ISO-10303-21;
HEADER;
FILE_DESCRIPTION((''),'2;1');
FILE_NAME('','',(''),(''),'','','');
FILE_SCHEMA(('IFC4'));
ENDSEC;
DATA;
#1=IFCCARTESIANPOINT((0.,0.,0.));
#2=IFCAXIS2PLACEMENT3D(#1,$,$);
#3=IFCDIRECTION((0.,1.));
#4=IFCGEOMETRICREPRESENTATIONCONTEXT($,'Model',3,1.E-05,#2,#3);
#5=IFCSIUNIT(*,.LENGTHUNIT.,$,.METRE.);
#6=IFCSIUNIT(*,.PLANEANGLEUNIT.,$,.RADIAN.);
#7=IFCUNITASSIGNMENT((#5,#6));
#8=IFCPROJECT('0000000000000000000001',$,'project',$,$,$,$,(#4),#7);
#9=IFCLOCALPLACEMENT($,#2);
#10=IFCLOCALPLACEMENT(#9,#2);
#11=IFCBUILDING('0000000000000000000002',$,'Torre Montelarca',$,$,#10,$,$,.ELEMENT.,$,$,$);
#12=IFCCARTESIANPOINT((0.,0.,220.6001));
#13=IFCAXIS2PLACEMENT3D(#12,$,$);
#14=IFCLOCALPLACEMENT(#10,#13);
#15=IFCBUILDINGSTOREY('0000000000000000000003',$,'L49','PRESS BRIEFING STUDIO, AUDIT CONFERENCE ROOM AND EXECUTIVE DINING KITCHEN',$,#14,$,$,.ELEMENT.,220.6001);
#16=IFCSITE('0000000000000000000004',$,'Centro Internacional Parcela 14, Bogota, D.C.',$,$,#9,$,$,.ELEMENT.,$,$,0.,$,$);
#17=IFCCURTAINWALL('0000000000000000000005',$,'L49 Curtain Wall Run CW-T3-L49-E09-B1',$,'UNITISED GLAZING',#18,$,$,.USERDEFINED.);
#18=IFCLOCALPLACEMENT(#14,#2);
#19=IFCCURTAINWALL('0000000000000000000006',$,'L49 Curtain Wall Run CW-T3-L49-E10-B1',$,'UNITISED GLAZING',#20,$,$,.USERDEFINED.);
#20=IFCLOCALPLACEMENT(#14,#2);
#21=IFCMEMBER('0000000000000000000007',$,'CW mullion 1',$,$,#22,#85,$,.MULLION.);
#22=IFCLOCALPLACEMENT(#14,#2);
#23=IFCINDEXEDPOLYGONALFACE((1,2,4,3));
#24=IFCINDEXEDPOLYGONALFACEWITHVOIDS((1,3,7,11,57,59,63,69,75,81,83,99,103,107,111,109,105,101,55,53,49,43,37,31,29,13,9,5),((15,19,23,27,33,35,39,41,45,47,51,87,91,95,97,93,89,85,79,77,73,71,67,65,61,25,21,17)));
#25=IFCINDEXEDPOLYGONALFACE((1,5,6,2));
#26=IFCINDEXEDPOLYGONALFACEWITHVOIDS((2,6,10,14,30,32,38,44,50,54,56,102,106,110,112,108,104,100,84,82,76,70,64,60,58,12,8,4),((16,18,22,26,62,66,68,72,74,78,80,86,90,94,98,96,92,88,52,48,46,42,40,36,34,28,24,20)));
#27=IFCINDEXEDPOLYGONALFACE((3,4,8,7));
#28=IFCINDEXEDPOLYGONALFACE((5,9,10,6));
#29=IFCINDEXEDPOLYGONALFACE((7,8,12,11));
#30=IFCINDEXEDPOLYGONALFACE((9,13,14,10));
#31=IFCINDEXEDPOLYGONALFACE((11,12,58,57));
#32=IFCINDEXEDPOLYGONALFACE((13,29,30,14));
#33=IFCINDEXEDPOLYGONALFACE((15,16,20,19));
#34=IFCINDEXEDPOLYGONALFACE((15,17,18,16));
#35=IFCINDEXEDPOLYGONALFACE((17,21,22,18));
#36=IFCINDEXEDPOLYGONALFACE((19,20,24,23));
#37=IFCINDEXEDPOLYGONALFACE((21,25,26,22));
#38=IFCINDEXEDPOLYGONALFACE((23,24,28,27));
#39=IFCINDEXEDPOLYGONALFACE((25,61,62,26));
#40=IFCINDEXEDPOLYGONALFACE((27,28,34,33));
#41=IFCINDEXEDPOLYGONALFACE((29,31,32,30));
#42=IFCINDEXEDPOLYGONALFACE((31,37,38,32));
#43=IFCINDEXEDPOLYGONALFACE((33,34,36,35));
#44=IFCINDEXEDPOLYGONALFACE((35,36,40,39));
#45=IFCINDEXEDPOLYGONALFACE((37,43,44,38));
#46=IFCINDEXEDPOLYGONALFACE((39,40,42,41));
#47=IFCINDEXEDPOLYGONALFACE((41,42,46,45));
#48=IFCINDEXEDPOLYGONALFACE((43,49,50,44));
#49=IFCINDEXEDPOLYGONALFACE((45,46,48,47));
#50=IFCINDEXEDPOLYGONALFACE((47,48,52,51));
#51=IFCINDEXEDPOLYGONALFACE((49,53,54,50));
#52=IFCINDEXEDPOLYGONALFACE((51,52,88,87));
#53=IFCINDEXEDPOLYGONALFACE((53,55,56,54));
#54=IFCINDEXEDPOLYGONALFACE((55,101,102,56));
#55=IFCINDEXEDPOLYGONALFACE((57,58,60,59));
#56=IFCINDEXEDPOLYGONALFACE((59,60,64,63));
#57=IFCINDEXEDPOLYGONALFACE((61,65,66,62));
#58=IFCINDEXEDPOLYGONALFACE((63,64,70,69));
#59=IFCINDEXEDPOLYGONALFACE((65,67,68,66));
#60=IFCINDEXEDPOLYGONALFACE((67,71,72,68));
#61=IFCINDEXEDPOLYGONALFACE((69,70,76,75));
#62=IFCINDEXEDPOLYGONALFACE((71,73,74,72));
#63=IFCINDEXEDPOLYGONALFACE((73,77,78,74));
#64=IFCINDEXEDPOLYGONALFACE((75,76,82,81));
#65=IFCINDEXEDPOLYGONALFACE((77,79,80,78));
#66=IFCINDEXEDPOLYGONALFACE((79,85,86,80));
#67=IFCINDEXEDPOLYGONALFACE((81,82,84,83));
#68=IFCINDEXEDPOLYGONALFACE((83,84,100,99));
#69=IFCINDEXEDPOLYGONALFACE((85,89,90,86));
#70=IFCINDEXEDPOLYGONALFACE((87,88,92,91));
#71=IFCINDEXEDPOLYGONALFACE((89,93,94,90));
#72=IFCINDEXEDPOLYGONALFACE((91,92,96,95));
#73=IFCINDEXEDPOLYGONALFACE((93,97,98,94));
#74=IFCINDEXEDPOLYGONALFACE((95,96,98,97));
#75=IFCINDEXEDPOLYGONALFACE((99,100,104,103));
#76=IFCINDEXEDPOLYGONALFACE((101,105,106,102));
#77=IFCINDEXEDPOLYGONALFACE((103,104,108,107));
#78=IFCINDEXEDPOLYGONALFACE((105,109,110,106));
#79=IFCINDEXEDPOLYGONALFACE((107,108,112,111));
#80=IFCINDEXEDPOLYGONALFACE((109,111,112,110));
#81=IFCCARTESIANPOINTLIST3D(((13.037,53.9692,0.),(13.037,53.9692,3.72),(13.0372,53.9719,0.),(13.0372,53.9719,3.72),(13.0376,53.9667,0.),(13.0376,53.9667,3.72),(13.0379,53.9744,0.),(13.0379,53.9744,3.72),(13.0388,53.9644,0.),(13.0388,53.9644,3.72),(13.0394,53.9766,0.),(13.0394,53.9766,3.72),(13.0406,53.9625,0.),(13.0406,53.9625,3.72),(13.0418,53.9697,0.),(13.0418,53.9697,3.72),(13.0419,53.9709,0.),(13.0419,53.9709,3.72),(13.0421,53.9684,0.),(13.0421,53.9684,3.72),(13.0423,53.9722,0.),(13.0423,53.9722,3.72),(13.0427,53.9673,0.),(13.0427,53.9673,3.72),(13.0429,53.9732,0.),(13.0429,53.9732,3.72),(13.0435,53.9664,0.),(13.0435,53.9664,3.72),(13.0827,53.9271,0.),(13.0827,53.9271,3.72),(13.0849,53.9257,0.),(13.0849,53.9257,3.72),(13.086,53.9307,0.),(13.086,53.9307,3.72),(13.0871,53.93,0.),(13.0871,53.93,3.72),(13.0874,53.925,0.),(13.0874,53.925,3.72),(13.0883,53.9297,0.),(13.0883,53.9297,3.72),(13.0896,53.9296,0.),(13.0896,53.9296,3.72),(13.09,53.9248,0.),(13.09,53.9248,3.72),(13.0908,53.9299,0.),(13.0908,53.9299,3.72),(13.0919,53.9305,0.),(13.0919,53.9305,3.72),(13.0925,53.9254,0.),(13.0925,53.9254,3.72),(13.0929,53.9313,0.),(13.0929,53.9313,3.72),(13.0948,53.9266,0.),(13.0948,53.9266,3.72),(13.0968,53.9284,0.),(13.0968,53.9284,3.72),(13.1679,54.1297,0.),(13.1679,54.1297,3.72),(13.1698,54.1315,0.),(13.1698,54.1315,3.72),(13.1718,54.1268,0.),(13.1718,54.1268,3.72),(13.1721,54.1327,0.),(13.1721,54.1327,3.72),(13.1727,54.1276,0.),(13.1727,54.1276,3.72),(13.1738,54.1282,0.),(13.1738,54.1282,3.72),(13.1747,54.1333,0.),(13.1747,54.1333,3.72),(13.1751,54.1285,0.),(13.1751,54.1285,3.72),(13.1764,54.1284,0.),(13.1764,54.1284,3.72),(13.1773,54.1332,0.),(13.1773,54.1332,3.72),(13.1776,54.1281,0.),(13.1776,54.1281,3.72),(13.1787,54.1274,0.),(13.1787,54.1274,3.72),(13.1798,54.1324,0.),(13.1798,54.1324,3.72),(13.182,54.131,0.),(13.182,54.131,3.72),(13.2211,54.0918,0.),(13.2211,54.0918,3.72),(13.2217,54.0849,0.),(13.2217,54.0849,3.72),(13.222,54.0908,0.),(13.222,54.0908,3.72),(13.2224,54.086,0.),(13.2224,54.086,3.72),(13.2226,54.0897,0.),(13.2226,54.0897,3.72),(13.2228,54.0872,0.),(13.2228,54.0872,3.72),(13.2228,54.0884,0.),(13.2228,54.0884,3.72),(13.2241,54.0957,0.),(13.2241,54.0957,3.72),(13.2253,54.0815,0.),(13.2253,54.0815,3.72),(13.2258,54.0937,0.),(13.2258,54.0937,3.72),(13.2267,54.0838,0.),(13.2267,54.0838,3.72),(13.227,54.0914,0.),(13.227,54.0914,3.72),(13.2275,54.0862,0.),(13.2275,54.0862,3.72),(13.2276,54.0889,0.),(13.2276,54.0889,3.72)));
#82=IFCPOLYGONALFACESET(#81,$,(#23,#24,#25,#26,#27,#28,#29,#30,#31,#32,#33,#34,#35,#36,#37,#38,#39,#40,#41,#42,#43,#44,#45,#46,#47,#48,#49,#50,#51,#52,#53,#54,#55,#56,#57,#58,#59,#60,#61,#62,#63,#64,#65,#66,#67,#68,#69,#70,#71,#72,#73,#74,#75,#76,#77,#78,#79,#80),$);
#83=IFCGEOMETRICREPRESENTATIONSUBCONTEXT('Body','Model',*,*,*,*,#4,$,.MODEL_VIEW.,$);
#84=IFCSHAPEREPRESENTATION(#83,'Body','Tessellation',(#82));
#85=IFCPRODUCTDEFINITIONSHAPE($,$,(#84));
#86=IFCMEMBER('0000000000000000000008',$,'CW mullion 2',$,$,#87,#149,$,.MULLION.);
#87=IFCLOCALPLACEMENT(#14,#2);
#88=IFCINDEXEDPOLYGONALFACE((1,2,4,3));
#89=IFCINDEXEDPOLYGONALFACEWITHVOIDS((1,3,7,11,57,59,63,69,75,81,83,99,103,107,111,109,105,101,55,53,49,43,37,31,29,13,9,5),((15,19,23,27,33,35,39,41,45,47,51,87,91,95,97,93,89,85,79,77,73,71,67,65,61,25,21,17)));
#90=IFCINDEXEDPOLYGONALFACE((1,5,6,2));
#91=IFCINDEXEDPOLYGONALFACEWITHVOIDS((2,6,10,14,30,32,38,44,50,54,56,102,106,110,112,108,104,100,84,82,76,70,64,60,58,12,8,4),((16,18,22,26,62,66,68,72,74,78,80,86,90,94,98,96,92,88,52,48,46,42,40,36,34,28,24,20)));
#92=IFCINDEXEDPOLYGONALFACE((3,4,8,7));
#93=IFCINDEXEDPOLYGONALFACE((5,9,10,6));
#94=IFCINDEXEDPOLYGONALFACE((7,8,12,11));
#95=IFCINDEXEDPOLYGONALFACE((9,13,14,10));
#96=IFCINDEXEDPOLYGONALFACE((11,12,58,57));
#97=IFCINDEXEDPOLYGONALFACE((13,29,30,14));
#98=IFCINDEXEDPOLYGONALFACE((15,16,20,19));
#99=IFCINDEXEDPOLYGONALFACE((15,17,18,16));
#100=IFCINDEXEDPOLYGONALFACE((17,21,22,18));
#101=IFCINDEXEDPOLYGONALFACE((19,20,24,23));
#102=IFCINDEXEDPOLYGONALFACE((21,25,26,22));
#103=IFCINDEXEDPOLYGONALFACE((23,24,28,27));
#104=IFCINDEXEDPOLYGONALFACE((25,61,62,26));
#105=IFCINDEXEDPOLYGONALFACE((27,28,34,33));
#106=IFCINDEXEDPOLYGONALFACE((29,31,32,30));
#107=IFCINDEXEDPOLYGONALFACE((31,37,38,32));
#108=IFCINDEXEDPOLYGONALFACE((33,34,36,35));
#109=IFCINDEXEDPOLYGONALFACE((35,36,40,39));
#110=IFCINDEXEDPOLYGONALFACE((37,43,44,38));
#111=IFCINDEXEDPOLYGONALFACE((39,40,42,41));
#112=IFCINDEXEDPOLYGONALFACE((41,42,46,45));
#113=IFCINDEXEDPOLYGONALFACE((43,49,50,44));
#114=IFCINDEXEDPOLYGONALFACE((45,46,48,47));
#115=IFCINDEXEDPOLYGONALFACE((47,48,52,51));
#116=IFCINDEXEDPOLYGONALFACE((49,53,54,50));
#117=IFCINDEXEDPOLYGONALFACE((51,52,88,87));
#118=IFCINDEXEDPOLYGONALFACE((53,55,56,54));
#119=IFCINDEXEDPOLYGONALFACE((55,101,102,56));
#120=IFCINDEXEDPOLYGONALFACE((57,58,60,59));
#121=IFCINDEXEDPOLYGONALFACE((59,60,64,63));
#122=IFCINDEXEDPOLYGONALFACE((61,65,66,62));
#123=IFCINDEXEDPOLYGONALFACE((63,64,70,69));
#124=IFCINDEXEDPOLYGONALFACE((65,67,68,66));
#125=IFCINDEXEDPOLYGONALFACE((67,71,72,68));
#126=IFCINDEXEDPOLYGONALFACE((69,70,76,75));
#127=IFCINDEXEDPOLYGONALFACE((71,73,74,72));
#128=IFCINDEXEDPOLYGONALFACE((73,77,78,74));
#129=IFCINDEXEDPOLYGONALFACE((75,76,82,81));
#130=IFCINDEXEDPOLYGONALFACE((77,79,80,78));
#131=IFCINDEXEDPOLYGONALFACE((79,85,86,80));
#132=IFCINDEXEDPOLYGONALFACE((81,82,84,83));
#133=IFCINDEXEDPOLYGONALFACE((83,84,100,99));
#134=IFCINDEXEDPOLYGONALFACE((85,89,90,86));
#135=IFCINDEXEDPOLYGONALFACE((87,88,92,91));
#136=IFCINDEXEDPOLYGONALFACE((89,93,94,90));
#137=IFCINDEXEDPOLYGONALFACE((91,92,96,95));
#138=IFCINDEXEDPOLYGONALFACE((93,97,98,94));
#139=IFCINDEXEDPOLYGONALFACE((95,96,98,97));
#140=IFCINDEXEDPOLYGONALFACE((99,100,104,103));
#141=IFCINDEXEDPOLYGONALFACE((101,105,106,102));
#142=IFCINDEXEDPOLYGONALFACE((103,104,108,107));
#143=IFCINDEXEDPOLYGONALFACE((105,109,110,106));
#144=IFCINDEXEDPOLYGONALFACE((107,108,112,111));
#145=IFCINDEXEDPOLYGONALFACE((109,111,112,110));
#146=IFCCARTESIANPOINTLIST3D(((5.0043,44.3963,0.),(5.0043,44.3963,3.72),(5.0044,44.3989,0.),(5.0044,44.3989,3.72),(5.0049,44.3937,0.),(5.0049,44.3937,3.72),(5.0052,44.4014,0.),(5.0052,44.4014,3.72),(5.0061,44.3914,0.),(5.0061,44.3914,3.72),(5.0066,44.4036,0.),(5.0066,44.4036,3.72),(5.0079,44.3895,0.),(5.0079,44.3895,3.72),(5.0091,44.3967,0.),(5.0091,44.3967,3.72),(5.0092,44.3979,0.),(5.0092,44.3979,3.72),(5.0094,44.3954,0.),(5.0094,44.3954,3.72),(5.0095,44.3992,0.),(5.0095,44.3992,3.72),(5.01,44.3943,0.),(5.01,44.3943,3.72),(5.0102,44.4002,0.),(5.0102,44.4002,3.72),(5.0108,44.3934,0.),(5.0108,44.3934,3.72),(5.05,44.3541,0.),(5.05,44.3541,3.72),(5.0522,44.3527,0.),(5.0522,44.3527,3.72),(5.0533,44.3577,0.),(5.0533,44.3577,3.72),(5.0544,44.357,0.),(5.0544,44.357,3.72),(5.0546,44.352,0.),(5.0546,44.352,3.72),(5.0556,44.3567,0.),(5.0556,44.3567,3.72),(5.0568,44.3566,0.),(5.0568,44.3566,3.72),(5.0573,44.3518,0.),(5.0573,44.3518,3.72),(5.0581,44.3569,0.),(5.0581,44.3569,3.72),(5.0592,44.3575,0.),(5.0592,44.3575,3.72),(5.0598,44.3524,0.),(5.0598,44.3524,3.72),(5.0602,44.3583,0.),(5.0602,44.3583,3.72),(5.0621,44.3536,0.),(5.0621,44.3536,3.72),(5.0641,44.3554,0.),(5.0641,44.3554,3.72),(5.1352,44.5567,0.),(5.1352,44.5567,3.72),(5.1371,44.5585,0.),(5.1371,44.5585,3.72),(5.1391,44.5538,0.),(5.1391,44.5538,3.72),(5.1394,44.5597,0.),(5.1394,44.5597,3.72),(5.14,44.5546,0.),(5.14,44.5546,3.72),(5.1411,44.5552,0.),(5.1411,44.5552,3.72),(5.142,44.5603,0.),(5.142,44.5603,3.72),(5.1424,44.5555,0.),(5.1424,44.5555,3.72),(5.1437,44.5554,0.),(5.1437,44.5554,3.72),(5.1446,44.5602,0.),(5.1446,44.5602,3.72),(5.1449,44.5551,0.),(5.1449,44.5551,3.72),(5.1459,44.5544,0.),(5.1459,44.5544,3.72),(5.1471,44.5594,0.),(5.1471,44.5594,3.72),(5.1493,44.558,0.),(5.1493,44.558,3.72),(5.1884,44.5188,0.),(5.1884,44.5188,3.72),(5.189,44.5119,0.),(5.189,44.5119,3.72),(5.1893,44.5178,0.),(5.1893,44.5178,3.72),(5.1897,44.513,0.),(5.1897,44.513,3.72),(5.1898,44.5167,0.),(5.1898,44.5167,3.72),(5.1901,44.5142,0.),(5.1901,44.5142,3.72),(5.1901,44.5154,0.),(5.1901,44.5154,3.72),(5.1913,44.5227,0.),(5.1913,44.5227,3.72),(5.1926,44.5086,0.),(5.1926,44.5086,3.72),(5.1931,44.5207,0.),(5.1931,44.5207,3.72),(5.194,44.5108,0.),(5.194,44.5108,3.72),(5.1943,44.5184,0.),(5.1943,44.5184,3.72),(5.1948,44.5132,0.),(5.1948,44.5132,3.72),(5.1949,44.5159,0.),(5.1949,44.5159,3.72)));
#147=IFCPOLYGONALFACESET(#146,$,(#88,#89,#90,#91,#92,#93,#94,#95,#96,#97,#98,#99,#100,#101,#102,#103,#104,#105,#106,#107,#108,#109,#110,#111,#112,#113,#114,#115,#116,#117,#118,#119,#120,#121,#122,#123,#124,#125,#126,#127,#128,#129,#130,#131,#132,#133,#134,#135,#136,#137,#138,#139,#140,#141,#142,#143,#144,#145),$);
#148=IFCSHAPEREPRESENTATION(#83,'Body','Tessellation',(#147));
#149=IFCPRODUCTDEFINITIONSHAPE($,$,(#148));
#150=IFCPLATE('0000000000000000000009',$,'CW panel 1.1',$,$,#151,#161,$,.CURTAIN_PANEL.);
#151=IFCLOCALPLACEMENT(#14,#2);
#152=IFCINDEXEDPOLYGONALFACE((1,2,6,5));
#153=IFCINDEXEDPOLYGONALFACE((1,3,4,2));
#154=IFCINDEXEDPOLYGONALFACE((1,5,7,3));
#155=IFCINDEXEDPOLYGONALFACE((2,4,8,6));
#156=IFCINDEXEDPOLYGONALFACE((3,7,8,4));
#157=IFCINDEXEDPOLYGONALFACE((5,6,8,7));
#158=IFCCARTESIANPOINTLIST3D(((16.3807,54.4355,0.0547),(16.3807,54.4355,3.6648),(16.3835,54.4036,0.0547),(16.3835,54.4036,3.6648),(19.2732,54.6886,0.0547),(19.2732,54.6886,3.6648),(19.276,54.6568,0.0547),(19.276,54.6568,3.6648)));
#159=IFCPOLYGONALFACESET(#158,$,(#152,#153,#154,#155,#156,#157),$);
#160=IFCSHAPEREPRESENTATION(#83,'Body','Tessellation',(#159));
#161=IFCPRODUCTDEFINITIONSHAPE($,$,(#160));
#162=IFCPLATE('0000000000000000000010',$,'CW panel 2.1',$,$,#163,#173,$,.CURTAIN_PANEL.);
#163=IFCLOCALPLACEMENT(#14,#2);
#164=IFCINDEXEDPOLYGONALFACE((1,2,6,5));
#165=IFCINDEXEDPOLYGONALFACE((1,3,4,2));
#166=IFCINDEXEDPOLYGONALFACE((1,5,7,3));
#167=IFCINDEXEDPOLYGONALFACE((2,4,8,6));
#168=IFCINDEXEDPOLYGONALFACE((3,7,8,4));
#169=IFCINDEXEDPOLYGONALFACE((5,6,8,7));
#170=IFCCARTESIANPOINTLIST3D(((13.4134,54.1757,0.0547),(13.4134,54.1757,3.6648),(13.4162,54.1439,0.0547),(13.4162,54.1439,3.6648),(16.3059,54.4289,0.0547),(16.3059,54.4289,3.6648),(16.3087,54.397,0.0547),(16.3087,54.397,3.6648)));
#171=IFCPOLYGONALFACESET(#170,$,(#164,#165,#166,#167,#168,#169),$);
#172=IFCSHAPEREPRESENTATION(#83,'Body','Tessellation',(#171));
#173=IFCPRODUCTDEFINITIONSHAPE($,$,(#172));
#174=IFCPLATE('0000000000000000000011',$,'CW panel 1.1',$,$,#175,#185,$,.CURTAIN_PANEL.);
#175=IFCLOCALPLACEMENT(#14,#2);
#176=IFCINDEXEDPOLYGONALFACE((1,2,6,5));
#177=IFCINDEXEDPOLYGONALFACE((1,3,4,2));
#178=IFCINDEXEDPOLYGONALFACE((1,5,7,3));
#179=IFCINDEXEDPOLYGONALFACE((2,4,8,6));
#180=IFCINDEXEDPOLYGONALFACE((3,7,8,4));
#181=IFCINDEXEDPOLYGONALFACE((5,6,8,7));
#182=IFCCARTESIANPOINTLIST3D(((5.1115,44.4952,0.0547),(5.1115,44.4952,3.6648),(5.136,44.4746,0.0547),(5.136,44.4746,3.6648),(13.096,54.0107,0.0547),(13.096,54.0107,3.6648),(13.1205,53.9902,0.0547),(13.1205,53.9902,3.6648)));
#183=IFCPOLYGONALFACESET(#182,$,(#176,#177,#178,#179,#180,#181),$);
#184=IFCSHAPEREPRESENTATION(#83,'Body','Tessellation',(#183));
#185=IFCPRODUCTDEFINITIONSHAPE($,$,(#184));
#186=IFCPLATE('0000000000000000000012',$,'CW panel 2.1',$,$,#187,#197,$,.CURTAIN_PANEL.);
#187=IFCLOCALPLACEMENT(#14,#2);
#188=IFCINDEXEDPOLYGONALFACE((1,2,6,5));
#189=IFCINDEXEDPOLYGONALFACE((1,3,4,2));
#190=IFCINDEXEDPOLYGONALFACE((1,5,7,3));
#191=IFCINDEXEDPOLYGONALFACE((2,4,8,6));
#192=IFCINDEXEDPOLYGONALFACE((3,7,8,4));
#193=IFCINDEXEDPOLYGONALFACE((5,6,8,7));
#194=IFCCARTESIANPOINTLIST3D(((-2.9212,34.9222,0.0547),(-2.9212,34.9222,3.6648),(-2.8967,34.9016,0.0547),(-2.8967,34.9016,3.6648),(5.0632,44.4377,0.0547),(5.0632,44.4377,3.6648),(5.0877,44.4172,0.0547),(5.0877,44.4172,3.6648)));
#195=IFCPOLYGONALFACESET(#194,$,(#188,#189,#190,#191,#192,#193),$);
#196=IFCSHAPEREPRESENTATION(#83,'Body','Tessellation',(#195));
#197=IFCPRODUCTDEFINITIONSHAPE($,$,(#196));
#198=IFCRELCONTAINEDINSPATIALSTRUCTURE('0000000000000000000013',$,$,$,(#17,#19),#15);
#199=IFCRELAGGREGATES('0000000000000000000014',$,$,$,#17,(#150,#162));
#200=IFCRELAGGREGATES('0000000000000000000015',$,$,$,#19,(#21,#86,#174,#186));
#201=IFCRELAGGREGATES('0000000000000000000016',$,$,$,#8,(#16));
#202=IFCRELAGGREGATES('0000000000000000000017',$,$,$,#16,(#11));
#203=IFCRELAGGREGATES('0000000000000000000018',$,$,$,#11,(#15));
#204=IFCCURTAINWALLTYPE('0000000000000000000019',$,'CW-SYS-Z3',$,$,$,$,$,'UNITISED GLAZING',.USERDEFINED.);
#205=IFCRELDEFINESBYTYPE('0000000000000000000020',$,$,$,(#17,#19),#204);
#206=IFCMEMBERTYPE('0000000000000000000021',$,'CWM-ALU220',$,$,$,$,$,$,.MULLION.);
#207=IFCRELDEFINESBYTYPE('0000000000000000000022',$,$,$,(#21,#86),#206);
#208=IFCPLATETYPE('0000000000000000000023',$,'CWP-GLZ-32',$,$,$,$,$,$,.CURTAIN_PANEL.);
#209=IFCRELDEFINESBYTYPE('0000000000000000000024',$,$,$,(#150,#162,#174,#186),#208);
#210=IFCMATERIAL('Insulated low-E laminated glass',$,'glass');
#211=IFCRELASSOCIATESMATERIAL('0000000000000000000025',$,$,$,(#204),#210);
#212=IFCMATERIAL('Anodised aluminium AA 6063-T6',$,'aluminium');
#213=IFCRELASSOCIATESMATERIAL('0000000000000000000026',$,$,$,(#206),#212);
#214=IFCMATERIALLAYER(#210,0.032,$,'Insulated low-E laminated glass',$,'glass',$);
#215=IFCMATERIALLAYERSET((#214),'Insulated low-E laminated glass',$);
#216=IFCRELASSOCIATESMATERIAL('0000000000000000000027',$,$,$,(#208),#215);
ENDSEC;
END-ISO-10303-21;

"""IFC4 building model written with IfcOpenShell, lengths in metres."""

from ifc_helpers import new_model, si_unit, direction, frame, origin, origin_2d, place, context, subcontext, project, spatial, rectangle, hollow_rectangle, extrude, source, transform, mapped, material, layer, layer_set, material_profile, profile_set, type_object, element, aggregate, save


model = new_model("IFC4")

# Units and contexts
model_context = context("Model", 3, precision=1e-05, world=origin(), true_north=direction((0.0, 1.0)))
body_context = subcontext(model_context, "Body", "Model", "MODEL_VIEW")
ifc_project = project(units=[si_unit("LENGTHUNIT", "METRE"), si_unit("PLANEANGLEUNIT", "RADIAN")], contexts=[model_context])

# Site, building, storey
site_placement = place(None, origin())
site = spatial("IfcSite", under=ifc_project, at=site_placement, Name="Centro Internacional Parcela 14, Bogota, D.C.", CompositionType="ELEMENT", RefElevation=0.0)
building_placement = place(site_placement, origin())
building = spatial("IfcBuilding", under=site, at=building_placement, Name="Torre Montelarca", CompositionType="ELEMENT")
storey_placement = place(building_placement, frame((0.0, 0.0, 220.6001)))
storey = spatial("IfcBuildingStorey", under=building, at=storey_placement, Name="L49", Description="PRESS BRIEFING STUDIO, AUDIT CONFERENCE ROOM AND EXECUTIVE DINING KITCHEN", CompositionType="ELEMENT", Elevation=220.6001)

# Curtain walls
ifc_material_1 = material(Name="Insulated low-E laminated glass", Category="glass")
curtain_wall_type = type_object("IfcCurtainWallType", Name="CW-SYS-Z3", ElementType="UNITISED GLAZING", PredefinedType="USERDEFINED", material=ifc_material_1)
curtain_wall_1_placement = place(storey_placement, origin())
curtain_wall_1 = element("IfcCurtainWall", 1, at=curtain_wall_1_placement, inside=storey, type_object=curtain_wall_type, Name="L49 Curtain Wall Run CW-T3-L49-E09-B1", ObjectType="UNITISED GLAZING", PredefinedType="USERDEFINED")
ifc_material_2 = material(Name="Anodised aluminium AA 6063-T6", Category="aluminium")
curtain_wall_2_placement = place(storey_placement, origin())
curtain_wall_2 = element("IfcCurtainWall", 2, at=curtain_wall_2_placement, inside=storey, type_object=curtain_wall_type, Name="L49 Curtain Wall Run CW-T3-L49-E10-B1", ObjectType="UNITISED GLAZING", PredefinedType="USERDEFINED")

# Members
ifc_material_profile_1 = material_profile(ifc_material_2, hollow_rectangle(XDim=0.075, YDim=0.22, WallThickness=0.0049, InnerFilletRadius=0.0049, OuterFilletRadius=0.01, at=origin_2d()), Name="ALU75X220X5", Category="aluminium")
ifc_profile_set_1 = profile_set([ifc_material_profile_1], Name="Anodised aluminium AA 6063-T6")
member_type_1 = type_object("IfcMemberType", Name="CWM-ALU220", PredefinedType="MULLION", material=ifc_profile_set_1)
shared_shape_1 = source(origin(), body_context, "Body", "SweptSolid", [
    extrude(hollow_rectangle(XDim=0.075, YDim=0.22, WallThickness=0.0049, InnerFilletRadius=0.0049, OuterFilletRadius=0.01, at=origin_2d()), origin(), (0.0, 0.0, 1.0), 3.72),
])
member_1_placement = place(storey_placement, frame((13.1323, 54.0291, 0.0), z_axis=(0.0, 0.0, 1.0), x_axis=(0.766044, -0.642788, 0.0)))
member_1 = element("IfcMember", 3, at=member_1_placement, type_object=member_type_1, Name="CW mullion 1", PredefinedType="MULLION", context=body_context, shape_type="MappedRepresentation", body=[
    mapped(shared_shape_1, transform((0.0, 0.0, 0.0), scale=1.0)),
])
member_2_placement = place(storey_placement, frame((5.0996, 44.4561, 0.0), z_axis=(0.0, 0.0, 1.0), x_axis=(0.766044, -0.642788, 0.0)))
member_2 = element("IfcMember", 4, at=member_2_placement, type_object=member_type_1, Name="CW mullion 2", PredefinedType="MULLION", context=body_context, shape_type="MappedRepresentation", body=[
    mapped(shared_shape_1, transform((0.0, 0.0, 0.0), scale=1.0)),
])

# Plates
ifc_layer_1 = layer(ifc_material_1, 0.032, Name="Insulated low-E laminated glass", Category="glass")
ifc_layer_set_1 = layer_set([ifc_layer_1], Name="Insulated low-E laminated glass")
plate_type = type_object("IfcPlateType", Name="CWP-GLZ-32", PredefinedType="CURTAIN_PANEL", material=ifc_layer_set_1)
shared_shape_2 = source(origin(), body_context, "Body", "SweptSolid", [
    extrude(rectangle(XDim=2.9036, YDim=0.032, at=origin_2d()), origin(), (0.0, 0.0, 1.0), 3.6101),
])
plate_1_placement = place(storey_placement, frame((17.8284, 54.5461, 0.0547), z_axis=(0.0, 0.0, 1.0), x_axis=(-0.996192, -0.087183, 0.0)))
plate_1 = element("IfcPlate", 5, at=plate_1_placement, type_object=plate_type, Name="CW panel 1.1", PredefinedType="CURTAIN_PANEL", context=body_context, shape_type="MappedRepresentation", body=[
    mapped(shared_shape_2, transform((0.0, 0.0, 0.0), scale=1.0)),
])
plate_2_placement = place(storey_placement, frame((14.8611, 54.2864, 0.0547), z_axis=(0.0, 0.0, 1.0), x_axis=(-0.996192, -0.087183, 0.0)))
plate_2 = element("IfcPlate", 6, at=plate_2_placement, type_object=plate_type, Name="CW panel 2.1", PredefinedType="CURTAIN_PANEL", context=body_context, shape_type="MappedRepresentation", body=[
    mapped(shared_shape_2, transform((0.0, 0.0, 0.0), scale=1.0)),
])
aggregate(curtain_wall_1, [plate_1, plate_2])
shared_shape_3 = source(origin(), body_context, "Body", "SweptSolid", [
    extrude(rectangle(XDim=12.4216, YDim=0.032, at=origin_2d()), origin(), (0.0, 0.0, 1.0), 3.6101),
])
plate_3_placement = place(storey_placement, frame((9.116, 49.2427, 0.0547), z_axis=(0.0, 0.0, 1.0), x_axis=(-0.642788, -0.766044, 0.0)))
plate_3 = element("IfcPlate", 7, at=plate_3_placement, type_object=plate_type, Name="CW panel 1.1", PredefinedType="CURTAIN_PANEL", context=body_context, shape_type="MappedRepresentation", body=[
    mapped(shared_shape_3, transform((0.0, 0.0, 0.0), scale=1.0)),
])
plate_4_placement = place(storey_placement, frame((1.0833, 39.6697, 0.0547), z_axis=(0.0, 0.0, 1.0), x_axis=(-0.642788, -0.766044, 0.0)))
plate_4 = element("IfcPlate", 8, at=plate_4_placement, type_object=plate_type, Name="CW panel 2.1", PredefinedType="CURTAIN_PANEL", context=body_context, shape_type="MappedRepresentation", body=[
    mapped(shared_shape_3, transform((0.0, 0.0, 0.0), scale=1.0)),
])
aggregate(curtain_wall_2, [member_1, member_2, plate_3, plate_4])

save(model, "model.ifc")
